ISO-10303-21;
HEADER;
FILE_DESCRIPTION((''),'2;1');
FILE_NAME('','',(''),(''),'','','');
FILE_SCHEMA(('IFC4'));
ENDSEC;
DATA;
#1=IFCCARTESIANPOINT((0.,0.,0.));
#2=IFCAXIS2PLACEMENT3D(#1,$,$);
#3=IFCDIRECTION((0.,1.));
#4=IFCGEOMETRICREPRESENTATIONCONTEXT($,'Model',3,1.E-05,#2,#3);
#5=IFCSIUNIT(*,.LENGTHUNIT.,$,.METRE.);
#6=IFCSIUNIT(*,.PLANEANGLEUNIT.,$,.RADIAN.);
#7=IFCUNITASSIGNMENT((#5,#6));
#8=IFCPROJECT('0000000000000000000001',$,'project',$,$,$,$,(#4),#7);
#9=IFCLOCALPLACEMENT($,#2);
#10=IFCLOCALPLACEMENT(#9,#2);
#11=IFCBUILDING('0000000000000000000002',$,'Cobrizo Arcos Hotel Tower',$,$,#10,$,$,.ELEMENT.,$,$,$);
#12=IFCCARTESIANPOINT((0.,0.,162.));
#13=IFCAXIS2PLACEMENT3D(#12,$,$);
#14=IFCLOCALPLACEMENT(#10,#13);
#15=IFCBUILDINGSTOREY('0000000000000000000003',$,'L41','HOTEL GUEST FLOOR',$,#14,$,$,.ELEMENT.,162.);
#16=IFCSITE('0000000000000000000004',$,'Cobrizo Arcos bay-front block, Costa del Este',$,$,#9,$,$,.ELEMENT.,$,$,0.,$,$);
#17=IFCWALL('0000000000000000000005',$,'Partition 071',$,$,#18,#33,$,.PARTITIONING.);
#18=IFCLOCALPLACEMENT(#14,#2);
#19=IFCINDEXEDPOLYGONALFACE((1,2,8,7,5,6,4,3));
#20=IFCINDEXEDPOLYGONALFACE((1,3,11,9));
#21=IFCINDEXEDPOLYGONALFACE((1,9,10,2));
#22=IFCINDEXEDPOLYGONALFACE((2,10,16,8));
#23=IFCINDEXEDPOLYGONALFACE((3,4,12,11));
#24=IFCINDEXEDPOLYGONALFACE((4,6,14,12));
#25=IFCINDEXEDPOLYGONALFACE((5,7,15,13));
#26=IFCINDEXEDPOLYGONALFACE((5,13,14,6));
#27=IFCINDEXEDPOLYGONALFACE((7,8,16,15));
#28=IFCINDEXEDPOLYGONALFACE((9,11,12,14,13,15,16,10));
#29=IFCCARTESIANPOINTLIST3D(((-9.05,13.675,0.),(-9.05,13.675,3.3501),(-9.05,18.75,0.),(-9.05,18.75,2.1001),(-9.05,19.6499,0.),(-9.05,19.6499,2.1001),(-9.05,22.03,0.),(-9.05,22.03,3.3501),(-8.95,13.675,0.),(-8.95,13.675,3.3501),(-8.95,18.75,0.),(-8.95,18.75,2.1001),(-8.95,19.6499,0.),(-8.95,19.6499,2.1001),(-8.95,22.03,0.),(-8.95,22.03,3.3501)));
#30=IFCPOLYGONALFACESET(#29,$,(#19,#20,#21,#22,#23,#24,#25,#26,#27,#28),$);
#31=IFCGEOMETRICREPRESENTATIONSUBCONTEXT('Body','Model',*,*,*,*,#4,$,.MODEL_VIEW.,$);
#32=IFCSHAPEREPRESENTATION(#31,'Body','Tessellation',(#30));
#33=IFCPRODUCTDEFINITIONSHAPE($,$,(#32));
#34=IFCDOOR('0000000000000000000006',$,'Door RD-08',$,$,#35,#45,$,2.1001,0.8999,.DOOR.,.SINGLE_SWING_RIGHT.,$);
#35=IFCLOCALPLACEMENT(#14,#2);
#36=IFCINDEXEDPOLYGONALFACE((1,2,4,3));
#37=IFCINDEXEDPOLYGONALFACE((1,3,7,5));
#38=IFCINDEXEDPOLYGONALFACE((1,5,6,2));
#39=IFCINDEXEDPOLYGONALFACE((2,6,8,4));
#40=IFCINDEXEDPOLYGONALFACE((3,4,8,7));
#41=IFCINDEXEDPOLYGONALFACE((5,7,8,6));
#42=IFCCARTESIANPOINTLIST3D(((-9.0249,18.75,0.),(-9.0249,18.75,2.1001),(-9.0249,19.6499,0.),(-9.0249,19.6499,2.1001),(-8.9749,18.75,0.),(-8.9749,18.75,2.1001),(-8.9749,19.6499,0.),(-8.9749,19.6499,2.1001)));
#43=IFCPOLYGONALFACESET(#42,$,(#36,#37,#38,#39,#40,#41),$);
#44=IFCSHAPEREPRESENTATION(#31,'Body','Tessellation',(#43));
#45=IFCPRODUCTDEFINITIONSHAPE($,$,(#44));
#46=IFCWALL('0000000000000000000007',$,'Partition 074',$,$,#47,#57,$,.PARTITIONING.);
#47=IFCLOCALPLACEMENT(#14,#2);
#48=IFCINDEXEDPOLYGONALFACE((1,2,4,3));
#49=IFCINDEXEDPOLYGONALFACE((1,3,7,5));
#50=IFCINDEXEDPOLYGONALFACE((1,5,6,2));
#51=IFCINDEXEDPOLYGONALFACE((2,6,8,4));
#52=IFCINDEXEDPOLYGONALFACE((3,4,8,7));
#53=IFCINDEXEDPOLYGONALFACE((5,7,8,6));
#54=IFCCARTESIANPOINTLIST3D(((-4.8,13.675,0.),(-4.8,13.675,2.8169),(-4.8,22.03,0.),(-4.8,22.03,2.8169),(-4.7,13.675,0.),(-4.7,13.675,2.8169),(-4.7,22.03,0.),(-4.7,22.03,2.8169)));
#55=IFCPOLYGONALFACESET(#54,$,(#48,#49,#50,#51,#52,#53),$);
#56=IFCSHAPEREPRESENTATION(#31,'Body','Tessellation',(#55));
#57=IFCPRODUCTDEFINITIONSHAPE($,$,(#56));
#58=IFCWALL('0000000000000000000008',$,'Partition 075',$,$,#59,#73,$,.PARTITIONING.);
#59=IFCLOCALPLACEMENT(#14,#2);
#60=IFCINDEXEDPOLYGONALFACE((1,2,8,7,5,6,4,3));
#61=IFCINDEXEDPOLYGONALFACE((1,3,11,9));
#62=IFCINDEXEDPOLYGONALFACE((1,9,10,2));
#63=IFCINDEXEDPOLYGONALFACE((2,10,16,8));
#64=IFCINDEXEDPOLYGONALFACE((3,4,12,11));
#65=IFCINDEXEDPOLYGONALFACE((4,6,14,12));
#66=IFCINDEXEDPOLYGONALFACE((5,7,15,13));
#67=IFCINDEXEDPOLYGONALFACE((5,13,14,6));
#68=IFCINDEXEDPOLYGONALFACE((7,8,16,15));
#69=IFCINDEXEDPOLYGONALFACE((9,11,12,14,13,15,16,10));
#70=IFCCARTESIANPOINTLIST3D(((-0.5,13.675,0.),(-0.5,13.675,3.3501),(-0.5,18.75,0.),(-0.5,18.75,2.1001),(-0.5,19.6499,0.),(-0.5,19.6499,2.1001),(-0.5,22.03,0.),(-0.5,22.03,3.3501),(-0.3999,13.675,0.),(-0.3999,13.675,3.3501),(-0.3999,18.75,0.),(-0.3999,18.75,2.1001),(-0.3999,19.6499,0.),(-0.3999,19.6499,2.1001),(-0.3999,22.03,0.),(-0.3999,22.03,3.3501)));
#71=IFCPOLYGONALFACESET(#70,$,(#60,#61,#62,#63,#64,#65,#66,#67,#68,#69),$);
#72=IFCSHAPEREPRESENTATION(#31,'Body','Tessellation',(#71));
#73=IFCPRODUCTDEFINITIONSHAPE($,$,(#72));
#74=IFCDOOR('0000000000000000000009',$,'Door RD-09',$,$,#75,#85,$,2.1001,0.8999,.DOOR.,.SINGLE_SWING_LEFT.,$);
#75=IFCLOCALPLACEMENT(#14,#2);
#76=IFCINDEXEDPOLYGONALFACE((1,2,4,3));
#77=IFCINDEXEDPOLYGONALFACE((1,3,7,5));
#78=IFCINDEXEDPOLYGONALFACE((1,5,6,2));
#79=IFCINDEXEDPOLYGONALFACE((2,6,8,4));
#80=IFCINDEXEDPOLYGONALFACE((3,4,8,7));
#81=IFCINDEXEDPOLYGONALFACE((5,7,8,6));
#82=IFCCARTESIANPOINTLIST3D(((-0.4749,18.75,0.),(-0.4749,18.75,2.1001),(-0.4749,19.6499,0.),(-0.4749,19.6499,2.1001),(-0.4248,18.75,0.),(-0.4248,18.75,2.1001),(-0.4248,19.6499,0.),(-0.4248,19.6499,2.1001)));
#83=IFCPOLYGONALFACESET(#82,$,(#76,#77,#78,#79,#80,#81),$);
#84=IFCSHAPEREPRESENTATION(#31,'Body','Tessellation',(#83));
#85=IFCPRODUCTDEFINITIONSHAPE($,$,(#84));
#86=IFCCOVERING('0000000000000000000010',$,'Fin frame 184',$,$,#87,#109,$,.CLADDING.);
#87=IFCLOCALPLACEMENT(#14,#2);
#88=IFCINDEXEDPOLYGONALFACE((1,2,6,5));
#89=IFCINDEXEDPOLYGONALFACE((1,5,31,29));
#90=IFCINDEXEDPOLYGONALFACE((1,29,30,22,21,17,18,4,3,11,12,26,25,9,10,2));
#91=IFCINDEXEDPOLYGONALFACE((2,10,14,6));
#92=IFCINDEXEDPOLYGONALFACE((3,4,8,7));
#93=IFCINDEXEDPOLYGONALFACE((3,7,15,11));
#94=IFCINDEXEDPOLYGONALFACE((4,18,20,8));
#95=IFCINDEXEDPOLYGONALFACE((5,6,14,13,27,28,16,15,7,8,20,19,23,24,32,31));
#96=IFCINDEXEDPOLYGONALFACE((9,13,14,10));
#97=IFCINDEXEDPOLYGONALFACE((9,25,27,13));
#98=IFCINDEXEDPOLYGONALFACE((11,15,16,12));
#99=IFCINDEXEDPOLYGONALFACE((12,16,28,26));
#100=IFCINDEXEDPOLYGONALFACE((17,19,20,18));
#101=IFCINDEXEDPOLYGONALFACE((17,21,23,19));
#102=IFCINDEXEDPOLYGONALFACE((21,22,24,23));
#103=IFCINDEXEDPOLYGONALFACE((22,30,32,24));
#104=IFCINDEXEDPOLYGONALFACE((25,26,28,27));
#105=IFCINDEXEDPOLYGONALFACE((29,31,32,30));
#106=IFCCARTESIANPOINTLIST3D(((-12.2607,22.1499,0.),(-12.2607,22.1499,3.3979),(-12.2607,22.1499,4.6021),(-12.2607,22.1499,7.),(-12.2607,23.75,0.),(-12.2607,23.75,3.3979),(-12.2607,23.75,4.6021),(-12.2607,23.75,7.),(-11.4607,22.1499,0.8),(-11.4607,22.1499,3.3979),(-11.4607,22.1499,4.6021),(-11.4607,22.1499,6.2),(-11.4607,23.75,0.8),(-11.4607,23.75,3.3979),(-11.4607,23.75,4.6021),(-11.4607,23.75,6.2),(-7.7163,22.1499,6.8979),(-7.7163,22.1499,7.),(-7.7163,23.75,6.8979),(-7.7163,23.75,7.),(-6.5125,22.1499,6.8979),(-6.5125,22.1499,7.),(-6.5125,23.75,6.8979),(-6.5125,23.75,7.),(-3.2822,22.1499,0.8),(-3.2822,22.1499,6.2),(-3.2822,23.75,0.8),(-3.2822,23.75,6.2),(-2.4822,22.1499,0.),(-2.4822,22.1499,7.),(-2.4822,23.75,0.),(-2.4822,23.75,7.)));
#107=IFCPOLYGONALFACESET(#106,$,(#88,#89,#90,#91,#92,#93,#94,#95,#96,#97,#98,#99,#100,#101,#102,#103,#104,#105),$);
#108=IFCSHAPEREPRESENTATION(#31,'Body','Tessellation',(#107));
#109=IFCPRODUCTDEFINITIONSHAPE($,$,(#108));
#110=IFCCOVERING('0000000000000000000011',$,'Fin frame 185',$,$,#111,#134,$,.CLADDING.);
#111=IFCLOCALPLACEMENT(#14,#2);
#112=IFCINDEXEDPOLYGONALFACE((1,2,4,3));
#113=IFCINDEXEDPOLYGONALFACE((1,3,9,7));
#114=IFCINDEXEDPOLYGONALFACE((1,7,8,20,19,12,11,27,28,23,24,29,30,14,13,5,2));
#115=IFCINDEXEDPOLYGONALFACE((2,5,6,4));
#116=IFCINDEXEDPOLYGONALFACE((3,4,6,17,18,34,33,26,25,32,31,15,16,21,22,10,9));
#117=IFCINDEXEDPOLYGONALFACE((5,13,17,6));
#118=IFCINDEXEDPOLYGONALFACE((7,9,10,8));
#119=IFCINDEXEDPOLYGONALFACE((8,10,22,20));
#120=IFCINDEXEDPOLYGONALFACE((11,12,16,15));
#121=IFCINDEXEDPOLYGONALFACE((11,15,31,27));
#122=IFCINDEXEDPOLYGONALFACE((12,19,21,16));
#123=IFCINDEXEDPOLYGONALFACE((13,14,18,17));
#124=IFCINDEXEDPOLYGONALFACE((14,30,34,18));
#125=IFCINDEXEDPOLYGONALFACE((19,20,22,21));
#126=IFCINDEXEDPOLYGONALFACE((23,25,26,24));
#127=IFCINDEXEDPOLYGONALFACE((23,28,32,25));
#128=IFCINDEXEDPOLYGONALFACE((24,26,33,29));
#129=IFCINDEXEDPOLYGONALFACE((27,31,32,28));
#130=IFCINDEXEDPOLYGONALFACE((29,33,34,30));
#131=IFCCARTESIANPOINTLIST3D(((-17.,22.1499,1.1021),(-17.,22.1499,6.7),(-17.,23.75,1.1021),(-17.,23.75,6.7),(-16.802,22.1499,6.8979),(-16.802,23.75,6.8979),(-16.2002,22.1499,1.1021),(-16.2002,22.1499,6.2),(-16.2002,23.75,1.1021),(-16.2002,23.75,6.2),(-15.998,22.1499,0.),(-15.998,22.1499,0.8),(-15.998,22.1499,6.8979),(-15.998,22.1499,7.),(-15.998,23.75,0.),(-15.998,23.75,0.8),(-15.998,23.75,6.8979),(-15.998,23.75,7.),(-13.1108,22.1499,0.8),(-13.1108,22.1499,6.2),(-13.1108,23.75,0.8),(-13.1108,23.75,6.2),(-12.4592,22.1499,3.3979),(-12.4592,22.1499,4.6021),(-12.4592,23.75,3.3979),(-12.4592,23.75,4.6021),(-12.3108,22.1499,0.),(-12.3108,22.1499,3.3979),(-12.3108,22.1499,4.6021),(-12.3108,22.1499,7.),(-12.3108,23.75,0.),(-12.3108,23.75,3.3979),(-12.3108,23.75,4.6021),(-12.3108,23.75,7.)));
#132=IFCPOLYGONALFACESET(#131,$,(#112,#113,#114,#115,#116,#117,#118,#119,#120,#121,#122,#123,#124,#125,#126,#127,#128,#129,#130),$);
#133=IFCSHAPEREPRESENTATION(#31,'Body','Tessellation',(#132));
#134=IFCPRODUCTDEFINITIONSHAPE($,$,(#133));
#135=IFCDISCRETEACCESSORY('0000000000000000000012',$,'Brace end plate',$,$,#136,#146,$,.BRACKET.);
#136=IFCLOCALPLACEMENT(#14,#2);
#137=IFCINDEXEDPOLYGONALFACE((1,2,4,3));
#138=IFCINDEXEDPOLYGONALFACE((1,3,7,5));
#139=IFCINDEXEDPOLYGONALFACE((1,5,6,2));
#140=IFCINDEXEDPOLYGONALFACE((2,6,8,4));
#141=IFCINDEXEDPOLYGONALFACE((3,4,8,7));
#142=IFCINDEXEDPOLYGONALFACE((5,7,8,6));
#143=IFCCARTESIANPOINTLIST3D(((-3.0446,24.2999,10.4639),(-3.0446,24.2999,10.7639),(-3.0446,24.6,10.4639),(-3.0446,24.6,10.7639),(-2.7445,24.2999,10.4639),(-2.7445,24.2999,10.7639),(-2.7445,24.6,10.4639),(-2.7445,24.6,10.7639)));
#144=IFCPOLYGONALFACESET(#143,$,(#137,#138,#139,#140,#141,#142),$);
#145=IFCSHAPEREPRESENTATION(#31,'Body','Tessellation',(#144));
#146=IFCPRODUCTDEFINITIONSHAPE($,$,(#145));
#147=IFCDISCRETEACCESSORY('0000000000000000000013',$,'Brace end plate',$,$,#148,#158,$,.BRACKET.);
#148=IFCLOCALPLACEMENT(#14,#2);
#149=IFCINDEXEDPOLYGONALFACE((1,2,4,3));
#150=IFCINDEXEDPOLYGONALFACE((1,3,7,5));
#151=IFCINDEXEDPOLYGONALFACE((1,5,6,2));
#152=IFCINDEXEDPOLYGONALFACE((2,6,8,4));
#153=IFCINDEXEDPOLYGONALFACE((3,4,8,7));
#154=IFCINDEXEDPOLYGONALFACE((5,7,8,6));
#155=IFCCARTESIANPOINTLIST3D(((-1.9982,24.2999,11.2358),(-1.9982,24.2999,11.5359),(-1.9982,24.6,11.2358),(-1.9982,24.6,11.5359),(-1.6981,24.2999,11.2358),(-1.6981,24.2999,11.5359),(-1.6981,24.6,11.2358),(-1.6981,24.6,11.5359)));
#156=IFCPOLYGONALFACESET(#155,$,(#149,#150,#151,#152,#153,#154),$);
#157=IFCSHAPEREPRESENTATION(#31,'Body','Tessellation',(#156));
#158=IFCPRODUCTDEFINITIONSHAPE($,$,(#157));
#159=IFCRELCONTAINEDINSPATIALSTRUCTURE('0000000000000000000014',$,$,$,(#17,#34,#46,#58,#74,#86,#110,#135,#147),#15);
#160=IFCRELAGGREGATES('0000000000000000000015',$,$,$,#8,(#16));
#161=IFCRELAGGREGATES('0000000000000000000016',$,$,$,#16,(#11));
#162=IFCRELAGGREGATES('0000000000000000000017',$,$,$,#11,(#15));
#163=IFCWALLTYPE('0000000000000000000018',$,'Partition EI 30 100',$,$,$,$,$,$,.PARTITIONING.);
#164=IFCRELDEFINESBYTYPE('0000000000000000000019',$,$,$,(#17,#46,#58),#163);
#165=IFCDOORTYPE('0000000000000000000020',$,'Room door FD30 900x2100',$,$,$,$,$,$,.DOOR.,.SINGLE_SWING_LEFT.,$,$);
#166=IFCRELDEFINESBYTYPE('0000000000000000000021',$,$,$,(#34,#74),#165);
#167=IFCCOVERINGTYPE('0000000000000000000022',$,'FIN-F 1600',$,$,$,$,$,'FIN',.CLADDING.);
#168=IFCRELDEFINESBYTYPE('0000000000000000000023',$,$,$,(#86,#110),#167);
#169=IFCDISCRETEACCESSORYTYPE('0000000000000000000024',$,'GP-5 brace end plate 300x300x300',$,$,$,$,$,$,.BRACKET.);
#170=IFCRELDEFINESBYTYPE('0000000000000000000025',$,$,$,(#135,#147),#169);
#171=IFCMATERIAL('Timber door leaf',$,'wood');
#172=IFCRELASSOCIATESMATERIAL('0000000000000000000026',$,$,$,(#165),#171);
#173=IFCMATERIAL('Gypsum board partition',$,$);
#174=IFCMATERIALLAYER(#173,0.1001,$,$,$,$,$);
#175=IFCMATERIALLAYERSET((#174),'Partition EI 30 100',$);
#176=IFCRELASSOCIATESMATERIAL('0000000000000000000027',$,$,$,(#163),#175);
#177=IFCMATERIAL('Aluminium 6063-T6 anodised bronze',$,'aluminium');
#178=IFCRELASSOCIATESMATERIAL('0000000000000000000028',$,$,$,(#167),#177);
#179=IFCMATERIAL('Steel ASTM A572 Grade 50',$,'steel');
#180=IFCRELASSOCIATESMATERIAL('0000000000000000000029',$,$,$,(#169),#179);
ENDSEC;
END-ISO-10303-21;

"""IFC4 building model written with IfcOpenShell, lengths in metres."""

from ifc_helpers import new_model, si_unit, direction, frame, frame_2d, origin, origin_2d, place, context, subcontext, project, spatial, polyline, rectangle, outline, extrude, material, layer, layer_set, type_object, element, fill, save


model = new_model("IFC4")

# Units and contexts
model_context = context("Model", 3, precision=1e-05, world=origin(), true_north=direction((0.0, 1.0)))
body_context = subcontext(model_context, "Body", "Model", "MODEL_VIEW")
ifc_project = project(units=[si_unit("LENGTHUNIT", "METRE"), si_unit("PLANEANGLEUNIT", "RADIAN")], contexts=[model_context])

# Site, building, storey
site_placement = place(None, origin())
site = spatial("IfcSite", under=ifc_project, at=site_placement, Name="Cobrizo Arcos bay-front block, Costa del Este", CompositionType="ELEMENT", RefElevation=0.0)
building_placement = place(site_placement, origin())
building = spatial("IfcBuilding", under=site, at=building_placement, Name="Cobrizo Arcos Hotel Tower", CompositionType="ELEMENT")
storey_placement = place(building_placement, frame((0.0, 0.0, 162.0)))
storey = spatial("IfcBuildingStorey", under=building, at=storey_placement, Name="L41", Description="HOTEL GUEST FLOOR", CompositionType="ELEMENT", Elevation=162.0)

# Shared definitions
ifc_material_1 = material(Name="Steel ASTM A572 Grade 50", Category="steel")

# Shared definitions
ifc_material_2 = material(Name="Aluminium 6063-T6 anodised bronze", Category="aluminium")

# Shared definitions
ifc_material_3 = material(Name="Gypsum board partition")
ifc_material_4 = material(Name="Timber door leaf", Category="wood")
door_type_1 = type_object("IfcDoorType", Name="Room door FD30 900x2100", OperationType="SINGLE_SWING_LEFT", PredefinedType="DOOR", material=ifc_material_4)

# Shared definitions
ifc_layer_1 = layer(ifc_material_3, 0.1001)
ifc_layer_set_1 = layer_set([ifc_layer_1], Name="Partition EI 30 100")
wall_type_1 = type_object("IfcWallType", Name="Partition EI 30 100", PredefinedType="PARTITIONING", material=ifc_layer_set_1)

# Wall, opening, door
wall_1_placement = place(storey_placement, frame((-9.0, 13.675, 0.0), z_axis=(0.0, 0.0, 1.0), x_axis=(0.0, 1.0, 0.0)))
wall_1 = element("IfcWall", 1, at=wall_1_placement, inside=storey, type_object=wall_type_1, Name="Partition 071", PredefinedType="PARTITIONING", context=body_context, shape_type="SweptSolid", body=[
    extrude(rectangle(XDim=8.355, YDim=0.1001, at=frame_2d((4.1775, 0.0))), origin(), (0.0, 0.0, 1.0), 3.3501),
])
opening_1_placement = place(wall_1_placement, frame((5.075, 0.0, 0.0)))
opening_1 = element("IfcOpeningElement", 2, at=opening_1_placement, cuts=wall_1, PredefinedType="OPENING", context=body_context, shape_type="SweptSolid", body=[
    extrude(rectangle(XDim=0.8999, YDim=2.1001, at=frame_2d((0.45, 1.05))), frame((0.0, 0.062, 0.0), z_axis=(0.0, -1.0, 0.0), x_axis=(1.0, 0.0, 0.0)), (0.0, 0.0, 1.0), 0.124),
])
door_1_placement = place(opening_1_placement, origin())
door_1 = element("IfcDoor", 3, at=door_1_placement, inside=storey, type_object=door_type_1, Name="Door RD-08", OperationType="SINGLE_SWING_RIGHT", OverallHeight=2.1001, OverallWidth=0.8999, PredefinedType="DOOR", context=body_context, shape_type="SweptSolid", body=[
    extrude(rectangle(XDim=0.8999, YDim=2.1001, at=frame_2d((0.45, 1.05))), frame((0.0, 0.0249, 0.0), z_axis=(0.0, -1.0, 0.0), x_axis=(1.0, 0.0, 0.0)), (0.0, 0.0, 1.0), 0.05),
])
fill(opening_1, door_1)

# Wall
wall_2_placement = place(storey_placement, frame((-4.75, 13.675, 0.0), z_axis=(0.0, 0.0, 1.0), x_axis=(0.0, 1.0, 0.0)))
element("IfcWall", 4, at=wall_2_placement, inside=storey, type_object=wall_type_1, Name="Partition 074", PredefinedType="PARTITIONING", context=body_context, shape_type="SweptSolid", body=[
    extrude(rectangle(XDim=8.355, YDim=0.1001, at=frame_2d((4.1775, 0.0))), origin(), (0.0, 0.0, 1.0), 2.8169),
])

# Wall, opening, door
wall_3_placement = place(storey_placement, frame((-0.45, 13.675, 0.0), z_axis=(0.0, 0.0, 1.0), x_axis=(0.0, 1.0, 0.0)))
wall_3 = element("IfcWall", 5, at=wall_3_placement, inside=storey, type_object=wall_type_1, Name="Partition 075", PredefinedType="PARTITIONING", context=body_context, shape_type="SweptSolid", body=[
    extrude(rectangle(XDim=8.355, YDim=0.1001, at=frame_2d((4.1775, 0.0))), origin(), (0.0, 0.0, 1.0), 3.3501),
])
opening_2_placement = place(wall_3_placement, frame((5.075, 0.0, 0.0)))
opening_2 = element("IfcOpeningElement", 6, at=opening_2_placement, cuts=wall_3, PredefinedType="OPENING", context=body_context, shape_type="SweptSolid", body=[
    extrude(rectangle(XDim=0.8999, YDim=2.1001, at=frame_2d((0.45, 1.05))), frame((0.0, 0.062, 0.0), z_axis=(0.0, -1.0, 0.0), x_axis=(1.0, 0.0, 0.0)), (0.0, 0.0, 1.0), 0.124),
])
door_2_placement = place(opening_2_placement, origin())
door_2 = element("IfcDoor", 7, at=door_2_placement, inside=storey, type_object=door_type_1, Name="Door RD-09", OperationType="SINGLE_SWING_LEFT", OverallHeight=2.1001, OverallWidth=0.8999, PredefinedType="DOOR", context=body_context, shape_type="SweptSolid", body=[
    extrude(rectangle(XDim=0.8999, YDim=2.1001, at=frame_2d((0.45, 1.05))), frame((0.0, 0.0249, 0.0), z_axis=(0.0, -1.0, 0.0), x_axis=(1.0, 0.0, 0.0)), (0.0, 0.0, 1.0), 0.05),
])
fill(opening_2, door_2)

# Coverings
covering_type = type_object("IfcCoveringType", Name="FIN-F 1600", ElementType="FIN", PredefinedType="CLADDING", material=ifc_material_2)
covering_1_placement = place(storey_placement, frame((-2.4822, 22.1499, 0.0), z_axis=(0.0, 1.0, 0.0), x_axis=(-1.0, 0.0, 0.0)))
element("IfcCovering", 8, at=covering_1_placement, inside=storey, type_object=covering_type, Name="Fin frame 184", PredefinedType="CLADDING", context=body_context, shape_type="SweptSolid", body=[
    extrude(outline(polyline([(9.7786, 0.0), (9.7786, 3.3979), (8.9785, 3.3979), (8.9785, 0.8), (0.8, 0.8), (0.8, 6.2), (8.9785, 6.2), (8.9785, 4.6021), (9.7786, 4.6021), (9.7786, 7.0), (5.2341, 7.0), (5.2341, 6.8979), (4.0303, 6.8979), (4.0303, 7.0), (0.0, 7.0), (0.0, 0.0), (9.7786, 0.0)])), origin(), (0.0, 0.0, 1.0), 1.6001),
])
covering_2_placement = place(storey_placement, frame((-12.3108, 22.1499, 0.0), z_axis=(0.0, 1.0, 0.0), x_axis=(-1.0, 0.0, 0.0)))
element("IfcCovering", 9, at=covering_2_placement, inside=storey, type_object=covering_type, Name="Fin frame 185", PredefinedType="CLADDING", context=body_context, shape_type="SweptSolid", body=[
    extrude(outline(polyline([(0.0, 0.0), (3.6873, 0.0), (3.6873, 0.8), (0.8, 0.8), (0.8, 6.2), (3.8894, 6.2), (3.8894, 1.1021), (4.6892, 1.1021), (4.6892, 6.7), (4.4912, 6.8979), (3.6873, 6.8979), (3.6873, 7.0), (0.0, 7.0), (0.0, 4.6021), (0.1484, 4.6021), (0.1484, 3.3979), (0.0, 3.3979), (0.0, 0.0)])), origin(), (0.0, 0.0, 1.0), 1.6001),
])

# Discrete accessories
discrete_accessory_type = type_object("IfcDiscreteAccessoryType", Name="GP-5 brace end plate 300x300x300", PredefinedType="BRACKET", material=ifc_material_1)
for number, where, z_axis, x_axis, name in (
    (10, (-2.8945, 24.45, 10.4639), (0.0, 0.0, 1.0), (1.0, 0.0, 0.0), "Brace end plate"),
    (11, (-1.8481, 24.45, 11.2358), (0.0, 0.0, 1.0), (1.0, 0.0, 0.0), "Brace end plate"),
):
    element("IfcDiscreteAccessory", number, at=place(storey_placement, frame(where, z_axis=z_axis, x_axis=x_axis)), inside=storey, type_object=discrete_accessory_type, Name=name, PredefinedType="BRACKET", context=body_context, shape_type="SweptSolid", body=[
        extrude(rectangle(XDim=0.3, YDim=0.3, at=origin_2d()), origin(), (0.0, 0.0, 1.0), 0.3),
    ])

save(model, "model.ifc")
